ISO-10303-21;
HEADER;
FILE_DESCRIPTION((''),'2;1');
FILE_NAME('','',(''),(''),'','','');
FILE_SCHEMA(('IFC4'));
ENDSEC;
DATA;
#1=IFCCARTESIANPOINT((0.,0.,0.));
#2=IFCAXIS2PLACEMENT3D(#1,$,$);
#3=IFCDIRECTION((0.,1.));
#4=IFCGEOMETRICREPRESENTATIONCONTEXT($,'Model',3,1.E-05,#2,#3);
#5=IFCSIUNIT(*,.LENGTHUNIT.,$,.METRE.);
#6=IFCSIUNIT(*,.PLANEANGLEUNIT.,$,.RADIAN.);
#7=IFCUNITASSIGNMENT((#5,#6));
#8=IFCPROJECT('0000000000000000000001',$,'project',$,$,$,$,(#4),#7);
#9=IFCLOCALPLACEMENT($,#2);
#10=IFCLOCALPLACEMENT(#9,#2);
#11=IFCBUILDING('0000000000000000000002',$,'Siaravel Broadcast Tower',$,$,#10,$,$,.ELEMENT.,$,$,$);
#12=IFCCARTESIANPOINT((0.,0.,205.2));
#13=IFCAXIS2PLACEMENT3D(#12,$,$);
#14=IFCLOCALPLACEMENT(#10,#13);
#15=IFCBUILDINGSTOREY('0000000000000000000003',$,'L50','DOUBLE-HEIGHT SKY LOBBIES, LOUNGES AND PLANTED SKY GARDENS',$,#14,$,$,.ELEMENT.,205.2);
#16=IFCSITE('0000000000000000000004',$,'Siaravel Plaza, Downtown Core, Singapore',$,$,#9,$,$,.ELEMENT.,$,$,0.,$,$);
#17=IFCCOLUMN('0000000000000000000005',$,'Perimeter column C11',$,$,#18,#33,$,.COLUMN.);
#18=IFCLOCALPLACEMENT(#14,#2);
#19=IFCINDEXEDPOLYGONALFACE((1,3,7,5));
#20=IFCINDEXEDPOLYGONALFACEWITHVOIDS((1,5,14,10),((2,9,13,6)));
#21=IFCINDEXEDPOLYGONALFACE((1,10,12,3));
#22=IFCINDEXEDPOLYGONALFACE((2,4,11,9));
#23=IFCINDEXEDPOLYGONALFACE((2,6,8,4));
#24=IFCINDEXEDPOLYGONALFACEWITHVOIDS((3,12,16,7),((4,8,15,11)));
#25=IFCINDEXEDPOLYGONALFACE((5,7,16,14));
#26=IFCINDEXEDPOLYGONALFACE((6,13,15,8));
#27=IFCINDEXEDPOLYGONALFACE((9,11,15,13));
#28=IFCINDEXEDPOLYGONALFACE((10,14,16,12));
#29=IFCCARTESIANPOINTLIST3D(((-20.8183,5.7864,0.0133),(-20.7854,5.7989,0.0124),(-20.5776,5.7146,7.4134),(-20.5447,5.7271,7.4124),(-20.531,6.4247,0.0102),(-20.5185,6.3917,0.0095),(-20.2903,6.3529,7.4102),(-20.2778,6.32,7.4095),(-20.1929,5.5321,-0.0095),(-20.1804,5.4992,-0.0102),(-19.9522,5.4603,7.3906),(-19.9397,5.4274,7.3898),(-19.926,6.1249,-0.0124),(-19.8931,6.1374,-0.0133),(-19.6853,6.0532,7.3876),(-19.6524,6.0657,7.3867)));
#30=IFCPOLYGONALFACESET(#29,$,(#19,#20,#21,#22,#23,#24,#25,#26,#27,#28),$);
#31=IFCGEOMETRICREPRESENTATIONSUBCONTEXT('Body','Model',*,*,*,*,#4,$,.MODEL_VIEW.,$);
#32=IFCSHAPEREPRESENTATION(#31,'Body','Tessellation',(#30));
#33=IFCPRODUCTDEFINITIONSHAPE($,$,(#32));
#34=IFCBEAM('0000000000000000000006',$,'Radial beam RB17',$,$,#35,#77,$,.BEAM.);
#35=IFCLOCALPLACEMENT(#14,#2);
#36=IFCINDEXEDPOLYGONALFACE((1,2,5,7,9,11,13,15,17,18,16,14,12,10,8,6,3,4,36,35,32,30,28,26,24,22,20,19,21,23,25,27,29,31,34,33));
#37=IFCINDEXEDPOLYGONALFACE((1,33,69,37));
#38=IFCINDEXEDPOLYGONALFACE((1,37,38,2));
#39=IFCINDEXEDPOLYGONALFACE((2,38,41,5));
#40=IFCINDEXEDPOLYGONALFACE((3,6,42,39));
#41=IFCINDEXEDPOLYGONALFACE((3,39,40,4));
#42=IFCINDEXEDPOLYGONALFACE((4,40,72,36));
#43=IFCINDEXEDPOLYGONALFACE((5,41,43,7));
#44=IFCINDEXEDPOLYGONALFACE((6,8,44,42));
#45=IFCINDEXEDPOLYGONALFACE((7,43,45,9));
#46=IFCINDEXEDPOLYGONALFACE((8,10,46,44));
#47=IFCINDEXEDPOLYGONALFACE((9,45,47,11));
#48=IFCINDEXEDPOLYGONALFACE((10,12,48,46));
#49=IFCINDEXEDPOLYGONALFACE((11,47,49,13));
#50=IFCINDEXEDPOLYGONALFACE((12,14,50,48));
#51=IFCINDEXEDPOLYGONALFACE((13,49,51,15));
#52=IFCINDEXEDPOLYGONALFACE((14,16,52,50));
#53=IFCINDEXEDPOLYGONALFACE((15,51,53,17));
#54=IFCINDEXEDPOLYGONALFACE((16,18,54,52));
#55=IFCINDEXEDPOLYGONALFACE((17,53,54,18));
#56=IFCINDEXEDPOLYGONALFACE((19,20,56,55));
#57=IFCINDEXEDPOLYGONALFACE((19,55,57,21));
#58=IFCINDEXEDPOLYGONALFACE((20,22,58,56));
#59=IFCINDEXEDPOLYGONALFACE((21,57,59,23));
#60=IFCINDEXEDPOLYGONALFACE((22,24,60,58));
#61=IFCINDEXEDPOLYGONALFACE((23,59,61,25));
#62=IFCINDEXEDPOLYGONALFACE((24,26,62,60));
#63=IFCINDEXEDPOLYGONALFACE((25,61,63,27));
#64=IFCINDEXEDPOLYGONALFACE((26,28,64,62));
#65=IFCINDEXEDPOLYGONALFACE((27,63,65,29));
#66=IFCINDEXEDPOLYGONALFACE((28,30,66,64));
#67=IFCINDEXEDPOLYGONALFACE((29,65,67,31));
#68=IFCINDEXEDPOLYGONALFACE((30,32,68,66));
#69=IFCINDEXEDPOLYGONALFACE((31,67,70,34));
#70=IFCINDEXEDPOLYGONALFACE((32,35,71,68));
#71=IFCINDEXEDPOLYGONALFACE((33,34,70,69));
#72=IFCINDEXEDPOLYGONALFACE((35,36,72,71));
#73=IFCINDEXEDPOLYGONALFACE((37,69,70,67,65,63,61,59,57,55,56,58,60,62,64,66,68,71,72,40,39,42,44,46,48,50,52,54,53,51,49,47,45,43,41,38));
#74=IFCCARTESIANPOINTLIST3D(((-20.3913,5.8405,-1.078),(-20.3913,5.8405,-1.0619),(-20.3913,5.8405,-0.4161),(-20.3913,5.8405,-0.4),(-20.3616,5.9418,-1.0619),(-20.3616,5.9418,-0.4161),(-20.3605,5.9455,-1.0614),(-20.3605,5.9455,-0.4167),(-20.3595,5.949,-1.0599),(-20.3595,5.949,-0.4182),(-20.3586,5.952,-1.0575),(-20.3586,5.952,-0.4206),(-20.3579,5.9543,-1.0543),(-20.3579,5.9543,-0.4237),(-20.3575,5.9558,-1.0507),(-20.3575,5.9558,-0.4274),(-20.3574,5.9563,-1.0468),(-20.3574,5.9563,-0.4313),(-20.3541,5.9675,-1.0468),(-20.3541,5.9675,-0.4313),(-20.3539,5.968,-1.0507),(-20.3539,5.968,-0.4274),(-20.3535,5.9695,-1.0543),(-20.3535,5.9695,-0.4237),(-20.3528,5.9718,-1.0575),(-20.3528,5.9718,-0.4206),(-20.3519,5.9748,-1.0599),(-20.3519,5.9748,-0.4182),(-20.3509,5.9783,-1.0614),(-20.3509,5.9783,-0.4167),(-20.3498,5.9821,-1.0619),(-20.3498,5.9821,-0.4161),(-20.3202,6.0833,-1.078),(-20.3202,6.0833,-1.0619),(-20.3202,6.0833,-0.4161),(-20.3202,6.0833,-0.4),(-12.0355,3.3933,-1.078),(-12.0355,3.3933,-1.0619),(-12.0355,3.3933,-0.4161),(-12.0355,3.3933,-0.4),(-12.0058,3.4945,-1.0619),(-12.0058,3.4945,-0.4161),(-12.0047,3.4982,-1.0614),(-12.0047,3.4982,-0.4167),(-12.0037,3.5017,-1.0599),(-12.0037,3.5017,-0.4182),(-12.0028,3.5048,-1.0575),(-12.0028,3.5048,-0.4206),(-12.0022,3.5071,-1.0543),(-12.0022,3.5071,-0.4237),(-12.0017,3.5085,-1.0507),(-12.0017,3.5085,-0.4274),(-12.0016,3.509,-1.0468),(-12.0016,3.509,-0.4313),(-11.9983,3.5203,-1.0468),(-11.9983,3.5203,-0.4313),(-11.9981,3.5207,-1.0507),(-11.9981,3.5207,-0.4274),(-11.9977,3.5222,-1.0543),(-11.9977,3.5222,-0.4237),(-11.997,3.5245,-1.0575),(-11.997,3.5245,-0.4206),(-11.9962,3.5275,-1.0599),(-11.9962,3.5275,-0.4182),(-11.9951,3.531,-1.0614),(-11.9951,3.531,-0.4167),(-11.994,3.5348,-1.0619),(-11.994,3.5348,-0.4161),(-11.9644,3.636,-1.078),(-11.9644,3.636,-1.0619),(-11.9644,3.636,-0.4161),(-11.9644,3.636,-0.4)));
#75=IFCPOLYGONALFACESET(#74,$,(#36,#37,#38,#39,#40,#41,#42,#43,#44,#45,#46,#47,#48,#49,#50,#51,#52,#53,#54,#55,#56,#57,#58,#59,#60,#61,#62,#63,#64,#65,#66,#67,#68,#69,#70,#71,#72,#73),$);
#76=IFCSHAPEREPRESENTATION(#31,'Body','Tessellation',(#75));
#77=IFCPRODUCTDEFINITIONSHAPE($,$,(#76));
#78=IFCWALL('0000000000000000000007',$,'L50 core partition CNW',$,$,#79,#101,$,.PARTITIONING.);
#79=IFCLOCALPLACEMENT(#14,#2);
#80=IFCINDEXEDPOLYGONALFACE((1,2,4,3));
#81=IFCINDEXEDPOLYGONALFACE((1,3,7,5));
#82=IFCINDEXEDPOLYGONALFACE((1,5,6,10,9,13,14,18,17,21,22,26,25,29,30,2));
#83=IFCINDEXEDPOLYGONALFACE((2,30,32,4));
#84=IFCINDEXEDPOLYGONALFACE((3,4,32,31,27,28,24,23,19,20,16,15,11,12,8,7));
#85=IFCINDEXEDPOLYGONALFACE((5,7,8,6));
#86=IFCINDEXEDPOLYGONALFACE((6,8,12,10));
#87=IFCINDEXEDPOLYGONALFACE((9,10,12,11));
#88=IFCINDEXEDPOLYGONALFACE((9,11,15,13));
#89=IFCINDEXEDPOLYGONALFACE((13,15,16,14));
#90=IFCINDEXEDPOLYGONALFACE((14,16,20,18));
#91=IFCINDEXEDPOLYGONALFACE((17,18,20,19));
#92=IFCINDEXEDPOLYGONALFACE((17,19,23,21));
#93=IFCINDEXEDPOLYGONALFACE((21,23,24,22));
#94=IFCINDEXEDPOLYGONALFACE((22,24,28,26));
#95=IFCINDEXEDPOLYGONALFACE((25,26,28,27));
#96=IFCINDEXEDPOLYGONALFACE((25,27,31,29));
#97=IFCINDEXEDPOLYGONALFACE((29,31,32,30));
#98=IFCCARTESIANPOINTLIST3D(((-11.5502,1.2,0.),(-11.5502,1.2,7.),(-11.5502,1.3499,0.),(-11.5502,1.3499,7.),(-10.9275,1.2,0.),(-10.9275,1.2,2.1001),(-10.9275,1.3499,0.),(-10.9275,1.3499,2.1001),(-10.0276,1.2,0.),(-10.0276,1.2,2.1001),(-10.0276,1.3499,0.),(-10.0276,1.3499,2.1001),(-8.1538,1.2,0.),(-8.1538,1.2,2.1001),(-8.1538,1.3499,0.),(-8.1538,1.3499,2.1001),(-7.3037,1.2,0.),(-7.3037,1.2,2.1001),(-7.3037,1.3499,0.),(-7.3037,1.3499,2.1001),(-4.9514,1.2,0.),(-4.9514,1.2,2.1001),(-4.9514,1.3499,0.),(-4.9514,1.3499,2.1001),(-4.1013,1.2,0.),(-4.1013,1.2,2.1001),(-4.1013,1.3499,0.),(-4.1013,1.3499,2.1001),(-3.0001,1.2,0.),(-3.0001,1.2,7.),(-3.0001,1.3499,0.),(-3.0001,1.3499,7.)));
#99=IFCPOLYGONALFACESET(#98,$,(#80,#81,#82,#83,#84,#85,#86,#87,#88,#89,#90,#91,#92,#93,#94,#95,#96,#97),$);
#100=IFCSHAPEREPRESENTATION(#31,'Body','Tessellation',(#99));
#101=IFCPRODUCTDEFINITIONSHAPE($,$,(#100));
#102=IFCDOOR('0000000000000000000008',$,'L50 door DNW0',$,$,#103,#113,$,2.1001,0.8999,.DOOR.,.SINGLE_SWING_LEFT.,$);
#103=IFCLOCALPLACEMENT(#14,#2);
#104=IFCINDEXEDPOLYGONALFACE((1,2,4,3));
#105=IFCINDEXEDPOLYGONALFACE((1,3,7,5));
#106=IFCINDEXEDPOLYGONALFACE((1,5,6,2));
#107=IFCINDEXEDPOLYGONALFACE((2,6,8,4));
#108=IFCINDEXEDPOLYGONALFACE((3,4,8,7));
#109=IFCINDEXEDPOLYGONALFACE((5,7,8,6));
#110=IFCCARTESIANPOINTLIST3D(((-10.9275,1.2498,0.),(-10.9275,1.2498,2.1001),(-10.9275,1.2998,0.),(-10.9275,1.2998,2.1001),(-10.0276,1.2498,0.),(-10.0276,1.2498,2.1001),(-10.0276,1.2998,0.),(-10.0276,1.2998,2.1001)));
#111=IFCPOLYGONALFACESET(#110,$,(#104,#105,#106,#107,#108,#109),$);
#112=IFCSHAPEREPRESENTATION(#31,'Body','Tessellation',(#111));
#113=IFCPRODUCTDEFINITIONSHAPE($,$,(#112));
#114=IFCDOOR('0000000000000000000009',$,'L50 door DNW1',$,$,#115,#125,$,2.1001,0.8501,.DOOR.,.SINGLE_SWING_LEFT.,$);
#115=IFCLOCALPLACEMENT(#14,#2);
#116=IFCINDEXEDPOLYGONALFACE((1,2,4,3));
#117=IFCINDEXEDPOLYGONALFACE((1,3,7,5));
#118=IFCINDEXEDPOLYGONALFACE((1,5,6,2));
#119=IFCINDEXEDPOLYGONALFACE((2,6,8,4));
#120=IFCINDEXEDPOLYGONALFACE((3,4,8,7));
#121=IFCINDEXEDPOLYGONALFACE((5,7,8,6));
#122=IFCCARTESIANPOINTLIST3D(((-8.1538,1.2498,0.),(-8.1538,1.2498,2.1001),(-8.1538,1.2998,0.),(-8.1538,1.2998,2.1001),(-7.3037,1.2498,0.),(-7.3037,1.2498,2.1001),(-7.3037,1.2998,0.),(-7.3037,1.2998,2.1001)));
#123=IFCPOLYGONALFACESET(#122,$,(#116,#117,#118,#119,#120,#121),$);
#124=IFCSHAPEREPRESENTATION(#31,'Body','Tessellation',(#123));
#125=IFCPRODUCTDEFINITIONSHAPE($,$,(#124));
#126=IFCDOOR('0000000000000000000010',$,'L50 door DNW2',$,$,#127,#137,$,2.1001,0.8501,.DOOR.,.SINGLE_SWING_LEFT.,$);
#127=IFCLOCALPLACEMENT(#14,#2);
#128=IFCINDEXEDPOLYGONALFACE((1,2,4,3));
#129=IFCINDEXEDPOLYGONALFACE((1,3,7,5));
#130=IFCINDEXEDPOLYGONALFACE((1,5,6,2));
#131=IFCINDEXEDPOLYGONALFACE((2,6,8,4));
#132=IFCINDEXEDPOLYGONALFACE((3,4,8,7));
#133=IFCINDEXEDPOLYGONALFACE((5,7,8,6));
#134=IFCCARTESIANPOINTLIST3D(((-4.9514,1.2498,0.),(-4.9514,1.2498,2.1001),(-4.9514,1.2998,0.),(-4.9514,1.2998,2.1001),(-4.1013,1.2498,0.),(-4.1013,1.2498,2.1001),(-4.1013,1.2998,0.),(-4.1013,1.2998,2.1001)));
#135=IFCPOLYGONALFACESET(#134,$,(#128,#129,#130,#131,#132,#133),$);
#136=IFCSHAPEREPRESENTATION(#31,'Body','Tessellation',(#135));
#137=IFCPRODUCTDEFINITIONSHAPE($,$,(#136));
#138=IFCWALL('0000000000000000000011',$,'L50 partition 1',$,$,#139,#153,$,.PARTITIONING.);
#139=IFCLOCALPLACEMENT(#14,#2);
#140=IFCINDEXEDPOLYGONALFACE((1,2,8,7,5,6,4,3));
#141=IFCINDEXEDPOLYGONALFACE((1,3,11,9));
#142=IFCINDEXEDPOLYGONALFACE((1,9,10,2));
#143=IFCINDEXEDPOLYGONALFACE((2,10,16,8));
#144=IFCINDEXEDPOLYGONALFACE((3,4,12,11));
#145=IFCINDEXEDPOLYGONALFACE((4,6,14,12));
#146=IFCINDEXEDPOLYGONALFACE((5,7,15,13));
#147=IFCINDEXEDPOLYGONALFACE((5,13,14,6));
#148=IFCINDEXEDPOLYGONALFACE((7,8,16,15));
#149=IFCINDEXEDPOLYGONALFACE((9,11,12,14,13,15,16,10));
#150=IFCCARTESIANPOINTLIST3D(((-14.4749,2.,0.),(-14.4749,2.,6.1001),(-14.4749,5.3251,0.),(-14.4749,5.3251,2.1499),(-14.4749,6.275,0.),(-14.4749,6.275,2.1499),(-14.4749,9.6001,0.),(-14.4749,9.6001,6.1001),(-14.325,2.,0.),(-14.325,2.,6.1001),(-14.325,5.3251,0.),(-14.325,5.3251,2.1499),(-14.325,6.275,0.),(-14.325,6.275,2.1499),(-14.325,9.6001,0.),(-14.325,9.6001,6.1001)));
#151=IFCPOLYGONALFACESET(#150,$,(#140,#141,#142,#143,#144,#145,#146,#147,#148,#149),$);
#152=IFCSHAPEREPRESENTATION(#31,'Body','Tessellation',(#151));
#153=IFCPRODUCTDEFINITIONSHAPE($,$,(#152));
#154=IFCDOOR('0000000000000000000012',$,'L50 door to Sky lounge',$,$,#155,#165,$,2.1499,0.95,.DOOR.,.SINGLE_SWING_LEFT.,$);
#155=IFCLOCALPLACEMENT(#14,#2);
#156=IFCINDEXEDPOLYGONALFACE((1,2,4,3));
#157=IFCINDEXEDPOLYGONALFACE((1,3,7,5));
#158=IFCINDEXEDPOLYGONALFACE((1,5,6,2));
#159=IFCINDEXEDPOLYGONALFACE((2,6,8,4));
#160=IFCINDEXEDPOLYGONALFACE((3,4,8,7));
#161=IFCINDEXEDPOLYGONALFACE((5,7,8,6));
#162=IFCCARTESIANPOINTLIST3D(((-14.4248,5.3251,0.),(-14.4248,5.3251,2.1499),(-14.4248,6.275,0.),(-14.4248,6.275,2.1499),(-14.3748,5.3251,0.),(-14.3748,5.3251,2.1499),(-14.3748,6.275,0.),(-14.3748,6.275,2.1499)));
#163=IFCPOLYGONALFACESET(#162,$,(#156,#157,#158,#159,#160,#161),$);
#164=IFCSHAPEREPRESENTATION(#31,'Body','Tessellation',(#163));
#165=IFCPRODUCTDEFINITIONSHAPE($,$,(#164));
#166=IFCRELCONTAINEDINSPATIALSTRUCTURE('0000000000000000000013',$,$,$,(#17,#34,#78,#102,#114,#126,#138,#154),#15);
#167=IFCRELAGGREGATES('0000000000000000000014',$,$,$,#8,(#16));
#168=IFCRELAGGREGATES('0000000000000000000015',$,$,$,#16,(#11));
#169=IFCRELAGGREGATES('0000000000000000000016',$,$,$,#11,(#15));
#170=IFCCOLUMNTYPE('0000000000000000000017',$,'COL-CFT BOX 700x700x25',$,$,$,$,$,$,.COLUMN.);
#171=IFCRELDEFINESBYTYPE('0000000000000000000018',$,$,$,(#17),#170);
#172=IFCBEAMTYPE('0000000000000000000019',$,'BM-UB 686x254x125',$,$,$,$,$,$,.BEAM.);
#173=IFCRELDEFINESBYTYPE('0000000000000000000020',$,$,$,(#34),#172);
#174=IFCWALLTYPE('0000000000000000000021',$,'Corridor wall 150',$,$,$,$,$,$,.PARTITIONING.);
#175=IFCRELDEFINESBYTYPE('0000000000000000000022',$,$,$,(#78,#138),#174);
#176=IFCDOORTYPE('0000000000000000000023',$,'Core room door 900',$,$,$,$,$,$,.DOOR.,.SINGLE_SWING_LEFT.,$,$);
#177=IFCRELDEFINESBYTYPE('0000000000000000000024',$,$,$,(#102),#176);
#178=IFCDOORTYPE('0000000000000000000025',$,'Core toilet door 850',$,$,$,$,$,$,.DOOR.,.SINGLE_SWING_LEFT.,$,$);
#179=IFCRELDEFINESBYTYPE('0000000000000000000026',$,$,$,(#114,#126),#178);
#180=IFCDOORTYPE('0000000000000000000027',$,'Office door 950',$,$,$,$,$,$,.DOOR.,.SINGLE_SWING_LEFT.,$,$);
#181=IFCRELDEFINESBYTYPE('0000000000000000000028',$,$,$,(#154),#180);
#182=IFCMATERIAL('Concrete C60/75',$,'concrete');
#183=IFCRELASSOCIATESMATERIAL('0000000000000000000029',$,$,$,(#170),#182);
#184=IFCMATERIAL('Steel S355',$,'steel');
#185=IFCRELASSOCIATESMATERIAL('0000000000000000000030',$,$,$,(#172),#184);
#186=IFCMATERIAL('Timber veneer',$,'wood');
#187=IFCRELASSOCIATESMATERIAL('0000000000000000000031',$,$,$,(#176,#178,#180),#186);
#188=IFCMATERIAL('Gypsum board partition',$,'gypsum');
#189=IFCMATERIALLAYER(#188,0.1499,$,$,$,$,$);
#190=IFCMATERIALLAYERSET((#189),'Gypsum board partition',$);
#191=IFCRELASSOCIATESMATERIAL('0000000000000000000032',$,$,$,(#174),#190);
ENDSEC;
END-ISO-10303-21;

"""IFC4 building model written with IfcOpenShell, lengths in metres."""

from ifc_helpers import new_model, si_unit, direction, frame, frame_2d, origin, origin_2d, place, context, subcontext, project, spatial, rectangle, hollow_rectangle, i_section, extrude, material, layer, layer_set, material_profile, profile_set, type_object, element, fill, save


model = new_model("IFC4")

# Units and contexts
model_context = context("Model", 3, precision=1e-05, world=origin(), true_north=direction((0.0, 1.0)))
body_context = subcontext(model_context, "Body", "Model", "MODEL_VIEW")
ifc_project = project(units=[si_unit("LENGTHUNIT", "METRE"), si_unit("PLANEANGLEUNIT", "RADIAN")], contexts=[model_context])

# Site, building, storey
site_placement = place(None, origin())
site = spatial("IfcSite", under=ifc_project, at=site_placement, Name="Siaravel Plaza, Downtown Core, Singapore", CompositionType="ELEMENT", RefElevation=0.0)
building_placement = place(site_placement, origin())
building = spatial("IfcBuilding", under=site, at=building_placement, Name="Siaravel Broadcast Tower", CompositionType="ELEMENT")
storey_placement = place(building_placement, frame((0.0, 0.0, 205.2)))
storey = spatial("IfcBuildingStorey", under=building, at=storey_placement, Name="L50", Description="DOUBLE-HEIGHT SKY LOBBIES, LOUNGES AND PLANTED SKY GARDENS", CompositionType="ELEMENT", Elevation=205.2)

# Column
ifc_material_1 = material(Name="Concrete C60/75", Category="concrete")
ifc_material_profile_1 = material_profile(ifc_material_1, hollow_rectangle(XDim=0.7, YDim=0.7, WallThickness=0.0249, at=origin_2d()))
ifc_profile_set_1 = profile_set([ifc_material_profile_1], Name="Concrete C60/75")
column_type = type_object("IfcColumnType", Name="COL-CFT BOX 700x700x25", PredefinedType="COLUMN", material=ifc_profile_set_1)
column_placement = place(storey_placement, frame((-20.3557, 5.9619, 0.0), z_axis=(0.032511, -0.009694, 0.999424), x_axis=(0.410442, 0.911875, -0.004507)))
element("IfcColumn", 1, at=column_placement, inside=storey, type_object=column_type, Name="Perimeter column C11", PredefinedType="COLUMN", context=body_context, shape_type="SweptSolid", body=[
    extrude(hollow_rectangle(XDim=0.7, YDim=0.7, WallThickness=0.0249, at=origin_2d()), origin(), (0.0, 0.0, 1.0), 7.4043),
])

# Beam
ifc_material_2 = material(Name="Steel S355", Category="steel")
ifc_material_profile_2 = material_profile(ifc_material_2, i_section(OverallWidth=0.2529, OverallDepth=0.678, WebThickness=0.0117, FlangeThickness=0.0161, FilletRadius=0.0151, at=origin_2d()))
ifc_profile_set_2 = profile_set([ifc_material_profile_2], Name="Steel S355")
beam_type = type_object("IfcBeamType", Name="BM-UB 686x254x125", PredefinedType="BEAM", material=ifc_profile_set_2)
beam_placement = place(storey_placement, frame((-20.3557, 5.9619, -0.739), z_axis=(0.959685, -0.281078, 0.0), x_axis=(0.281078, 0.959685, 0.0)))
element("IfcBeam", 2, at=beam_placement, inside=storey, type_object=beam_type, Name="Radial beam RB17", PredefinedType="BEAM", context=body_context, shape_type="SweptSolid", body=[
    extrude(i_section(OverallWidth=0.2529, OverallDepth=0.678, WebThickness=0.0117, FlangeThickness=0.0161, FilletRadius=0.0151, at=origin_2d()), origin(), (0.0, 0.0, 1.0), 8.7068),
])

# Wall, openings, doors
ifc_material_3 = material(Name="Timber veneer", Category="wood")
door_type_1 = type_object("IfcDoorType", Name="Core room door 900", OperationType="SINGLE_SWING_LEFT", PredefinedType="DOOR", material=ifc_material_3)
ifc_material_4 = material(Name="Gypsum board partition", Category="gypsum")
ifc_layer_1 = layer(ifc_material_4, 0.1499)
ifc_layer_set_1 = layer_set([ifc_layer_1], Name="Gypsum board partition")
wall_type_1 = type_object("IfcWallType", Name="Corridor wall 150", PredefinedType="PARTITIONING", material=ifc_layer_set_1)
wall_1_placement = place(storey_placement, frame((-11.55, 1.2749, 0.0), z_axis=(0.0, 0.0, 1.0), x_axis=(1.0, 0.0, 0.0)))
wall_1 = element("IfcWall", 3, at=wall_1_placement, inside=storey, type_object=wall_type_1, Name="L50 core partition CNW", PredefinedType="PARTITIONING", context=body_context, shape_type="SweptSolid", body=[
    extrude(rectangle(XDim=8.55, YDim=0.1499, at=frame_2d((4.2749, 0.0))), origin(), (0.0, 0.0, 1.0), 7.0),
])
opening_1_placement = place(wall_1_placement, frame((0.6226, 0.0, 0.0)))
opening_1 = element("IfcOpeningElement", 4, at=opening_1_placement, cuts=wall_1, PredefinedType="OPENING", context=body_context, shape_type="SweptSolid", body=[
    extrude(rectangle(XDim=0.8999, YDim=2.1001, at=frame_2d((0.45, 1.05))), frame((0.0, 0.085, 0.0), z_axis=(0.0, -1.0, 0.0), x_axis=(1.0, 0.0, 0.0)), (0.0, 0.0, 1.0), 0.1699),
])
opening_2_placement = place(wall_1_placement, frame((3.3962, 0.0, 0.0)))
opening_2 = element("IfcOpeningElement", 5, at=opening_2_placement, cuts=wall_1, PredefinedType="OPENING", context=body_context, shape_type="SweptSolid", body=[
    extrude(rectangle(XDim=0.8501, YDim=2.1001, at=frame_2d((0.425, 1.05))), frame((0.0, 0.085, 0.0), z_axis=(0.0, -1.0, 0.0), x_axis=(1.0, 0.0, 0.0)), (0.0, 0.0, 1.0), 0.1699),
])
opening_3_placement = place(wall_1_placement, frame((6.5986, 0.0, 0.0)))
opening_3 = element("IfcOpeningElement", 6, at=opening_3_placement, cuts=wall_1, PredefinedType="OPENING", context=body_context, shape_type="SweptSolid", body=[
    extrude(rectangle(XDim=0.8501, YDim=2.1001, at=frame_2d((0.425, 1.05))), frame((0.0, 0.085, 0.0), z_axis=(0.0, -1.0, 0.0), x_axis=(1.0, 0.0, 0.0)), (0.0, 0.0, 1.0), 0.1699),
])
door_1_placement = place(opening_1_placement, origin())
door_1 = element("IfcDoor", 7, at=door_1_placement, inside=storey, type_object=door_type_1, Name="L50 door DNW0", OperationType="SINGLE_SWING_LEFT", OverallHeight=2.1001, OverallWidth=0.8999, PredefinedType="DOOR", context=body_context, shape_type="SweptSolid", body=[
    extrude(rectangle(XDim=0.8999, YDim=2.1001, at=frame_2d((0.45, 1.05))), frame((0.0, 0.0249, 0.0), z_axis=(0.0, -1.0, 0.0), x_axis=(1.0, 0.0, 0.0)), (0.0, 0.0, 1.0), 0.05),
])
fill(opening_1, door_1)
door_type_2 = type_object("IfcDoorType", Name="Core toilet door 850", OperationType="SINGLE_SWING_LEFT", PredefinedType="DOOR", material=ifc_material_3)
door_2_placement = place(opening_2_placement, origin())
door_2 = element("IfcDoor", 8, at=door_2_placement, inside=storey, type_object=door_type_2, Name="L50 door DNW1", OperationType="SINGLE_SWING_LEFT", OverallHeight=2.1001, OverallWidth=0.8501, PredefinedType="DOOR", context=body_context, shape_type="SweptSolid", body=[
    extrude(rectangle(XDim=0.8501, YDim=2.1001, at=frame_2d((0.425, 1.05))), frame((0.0, 0.0249, 0.0), z_axis=(0.0, -1.0, 0.0), x_axis=(1.0, 0.0, 0.0)), (0.0, 0.0, 1.0), 0.05),
])
fill(opening_2, door_2)
door_3_placement = place(opening_3_placement, origin())
door_3 = element("IfcDoor", 9, at=door_3_placement, inside=storey, type_object=door_type_2, Name="L50 door DNW2", OperationType="SINGLE_SWING_LEFT", OverallHeight=2.1001, OverallWidth=0.8501, PredefinedType="DOOR", context=body_context, shape_type="SweptSolid", body=[
    extrude(rectangle(XDim=0.8501, YDim=2.1001, at=frame_2d((0.425, 1.05))), frame((0.0, 0.0249, 0.0), z_axis=(0.0, -1.0, 0.0), x_axis=(1.0, 0.0, 0.0)), (0.0, 0.0, 1.0), 0.05),
])
fill(opening_3, door_3)

# Wall, opening, door
wall_2_placement = place(storey_placement, frame((-14.3999, 2.0, 0.0), z_axis=(0.0, 0.0, 1.0), x_axis=(0.0, 1.0, 0.0)))
wall_2 = element("IfcWall", 10, at=wall_2_placement, inside=storey, type_object=wall_type_1, Name="L50 partition 1", PredefinedType="PARTITIONING", context=body_context, shape_type="SweptSolid", body=[
    extrude(rectangle(XDim=7.6001, YDim=0.1499, at=frame_2d((3.8, 0.0))), origin(), (0.0, 0.0, 1.0), 6.1001),
])
opening_4_placement = place(wall_2_placement, frame((3.325, 0.0, 0.0)))
opening_4 = element("IfcOpeningElement", 11, at=opening_4_placement, cuts=wall_2, PredefinedType="OPENING", context=body_context, shape_type="SweptSolid", body=[
    extrude(rectangle(XDim=0.95, YDim=2.1499, at=frame_2d((0.4751, 1.075))), frame((0.0, 0.085, 0.0), z_axis=(0.0, -1.0, 0.0), x_axis=(1.0, 0.0, 0.0)), (0.0, 0.0, 1.0), 0.1699),
])
door_type_3 = type_object("IfcDoorType", Name="Office door 950", OperationType="SINGLE_SWING_LEFT", PredefinedType="DOOR", material=ifc_material_3)
door_4_placement = place(opening_4_placement, origin())
door_4 = element("IfcDoor", 12, at=door_4_placement, inside=storey, type_object=door_type_3, Name="L50 door to Sky lounge", OperationType="SINGLE_SWING_LEFT", OverallHeight=2.1499, OverallWidth=0.95, PredefinedType="DOOR", context=body_context, shape_type="SweptSolid", body=[
    extrude(rectangle(XDim=0.95, YDim=2.1499, at=frame_2d((0.4751, 1.075))), frame((0.0, 0.0249, 0.0), z_axis=(0.0, -1.0, 0.0), x_axis=(1.0, 0.0, 0.0)), (0.0, 0.0, 1.0), 0.05),
])
fill(opening_4, door_4)

save(model, "model.ifc")
